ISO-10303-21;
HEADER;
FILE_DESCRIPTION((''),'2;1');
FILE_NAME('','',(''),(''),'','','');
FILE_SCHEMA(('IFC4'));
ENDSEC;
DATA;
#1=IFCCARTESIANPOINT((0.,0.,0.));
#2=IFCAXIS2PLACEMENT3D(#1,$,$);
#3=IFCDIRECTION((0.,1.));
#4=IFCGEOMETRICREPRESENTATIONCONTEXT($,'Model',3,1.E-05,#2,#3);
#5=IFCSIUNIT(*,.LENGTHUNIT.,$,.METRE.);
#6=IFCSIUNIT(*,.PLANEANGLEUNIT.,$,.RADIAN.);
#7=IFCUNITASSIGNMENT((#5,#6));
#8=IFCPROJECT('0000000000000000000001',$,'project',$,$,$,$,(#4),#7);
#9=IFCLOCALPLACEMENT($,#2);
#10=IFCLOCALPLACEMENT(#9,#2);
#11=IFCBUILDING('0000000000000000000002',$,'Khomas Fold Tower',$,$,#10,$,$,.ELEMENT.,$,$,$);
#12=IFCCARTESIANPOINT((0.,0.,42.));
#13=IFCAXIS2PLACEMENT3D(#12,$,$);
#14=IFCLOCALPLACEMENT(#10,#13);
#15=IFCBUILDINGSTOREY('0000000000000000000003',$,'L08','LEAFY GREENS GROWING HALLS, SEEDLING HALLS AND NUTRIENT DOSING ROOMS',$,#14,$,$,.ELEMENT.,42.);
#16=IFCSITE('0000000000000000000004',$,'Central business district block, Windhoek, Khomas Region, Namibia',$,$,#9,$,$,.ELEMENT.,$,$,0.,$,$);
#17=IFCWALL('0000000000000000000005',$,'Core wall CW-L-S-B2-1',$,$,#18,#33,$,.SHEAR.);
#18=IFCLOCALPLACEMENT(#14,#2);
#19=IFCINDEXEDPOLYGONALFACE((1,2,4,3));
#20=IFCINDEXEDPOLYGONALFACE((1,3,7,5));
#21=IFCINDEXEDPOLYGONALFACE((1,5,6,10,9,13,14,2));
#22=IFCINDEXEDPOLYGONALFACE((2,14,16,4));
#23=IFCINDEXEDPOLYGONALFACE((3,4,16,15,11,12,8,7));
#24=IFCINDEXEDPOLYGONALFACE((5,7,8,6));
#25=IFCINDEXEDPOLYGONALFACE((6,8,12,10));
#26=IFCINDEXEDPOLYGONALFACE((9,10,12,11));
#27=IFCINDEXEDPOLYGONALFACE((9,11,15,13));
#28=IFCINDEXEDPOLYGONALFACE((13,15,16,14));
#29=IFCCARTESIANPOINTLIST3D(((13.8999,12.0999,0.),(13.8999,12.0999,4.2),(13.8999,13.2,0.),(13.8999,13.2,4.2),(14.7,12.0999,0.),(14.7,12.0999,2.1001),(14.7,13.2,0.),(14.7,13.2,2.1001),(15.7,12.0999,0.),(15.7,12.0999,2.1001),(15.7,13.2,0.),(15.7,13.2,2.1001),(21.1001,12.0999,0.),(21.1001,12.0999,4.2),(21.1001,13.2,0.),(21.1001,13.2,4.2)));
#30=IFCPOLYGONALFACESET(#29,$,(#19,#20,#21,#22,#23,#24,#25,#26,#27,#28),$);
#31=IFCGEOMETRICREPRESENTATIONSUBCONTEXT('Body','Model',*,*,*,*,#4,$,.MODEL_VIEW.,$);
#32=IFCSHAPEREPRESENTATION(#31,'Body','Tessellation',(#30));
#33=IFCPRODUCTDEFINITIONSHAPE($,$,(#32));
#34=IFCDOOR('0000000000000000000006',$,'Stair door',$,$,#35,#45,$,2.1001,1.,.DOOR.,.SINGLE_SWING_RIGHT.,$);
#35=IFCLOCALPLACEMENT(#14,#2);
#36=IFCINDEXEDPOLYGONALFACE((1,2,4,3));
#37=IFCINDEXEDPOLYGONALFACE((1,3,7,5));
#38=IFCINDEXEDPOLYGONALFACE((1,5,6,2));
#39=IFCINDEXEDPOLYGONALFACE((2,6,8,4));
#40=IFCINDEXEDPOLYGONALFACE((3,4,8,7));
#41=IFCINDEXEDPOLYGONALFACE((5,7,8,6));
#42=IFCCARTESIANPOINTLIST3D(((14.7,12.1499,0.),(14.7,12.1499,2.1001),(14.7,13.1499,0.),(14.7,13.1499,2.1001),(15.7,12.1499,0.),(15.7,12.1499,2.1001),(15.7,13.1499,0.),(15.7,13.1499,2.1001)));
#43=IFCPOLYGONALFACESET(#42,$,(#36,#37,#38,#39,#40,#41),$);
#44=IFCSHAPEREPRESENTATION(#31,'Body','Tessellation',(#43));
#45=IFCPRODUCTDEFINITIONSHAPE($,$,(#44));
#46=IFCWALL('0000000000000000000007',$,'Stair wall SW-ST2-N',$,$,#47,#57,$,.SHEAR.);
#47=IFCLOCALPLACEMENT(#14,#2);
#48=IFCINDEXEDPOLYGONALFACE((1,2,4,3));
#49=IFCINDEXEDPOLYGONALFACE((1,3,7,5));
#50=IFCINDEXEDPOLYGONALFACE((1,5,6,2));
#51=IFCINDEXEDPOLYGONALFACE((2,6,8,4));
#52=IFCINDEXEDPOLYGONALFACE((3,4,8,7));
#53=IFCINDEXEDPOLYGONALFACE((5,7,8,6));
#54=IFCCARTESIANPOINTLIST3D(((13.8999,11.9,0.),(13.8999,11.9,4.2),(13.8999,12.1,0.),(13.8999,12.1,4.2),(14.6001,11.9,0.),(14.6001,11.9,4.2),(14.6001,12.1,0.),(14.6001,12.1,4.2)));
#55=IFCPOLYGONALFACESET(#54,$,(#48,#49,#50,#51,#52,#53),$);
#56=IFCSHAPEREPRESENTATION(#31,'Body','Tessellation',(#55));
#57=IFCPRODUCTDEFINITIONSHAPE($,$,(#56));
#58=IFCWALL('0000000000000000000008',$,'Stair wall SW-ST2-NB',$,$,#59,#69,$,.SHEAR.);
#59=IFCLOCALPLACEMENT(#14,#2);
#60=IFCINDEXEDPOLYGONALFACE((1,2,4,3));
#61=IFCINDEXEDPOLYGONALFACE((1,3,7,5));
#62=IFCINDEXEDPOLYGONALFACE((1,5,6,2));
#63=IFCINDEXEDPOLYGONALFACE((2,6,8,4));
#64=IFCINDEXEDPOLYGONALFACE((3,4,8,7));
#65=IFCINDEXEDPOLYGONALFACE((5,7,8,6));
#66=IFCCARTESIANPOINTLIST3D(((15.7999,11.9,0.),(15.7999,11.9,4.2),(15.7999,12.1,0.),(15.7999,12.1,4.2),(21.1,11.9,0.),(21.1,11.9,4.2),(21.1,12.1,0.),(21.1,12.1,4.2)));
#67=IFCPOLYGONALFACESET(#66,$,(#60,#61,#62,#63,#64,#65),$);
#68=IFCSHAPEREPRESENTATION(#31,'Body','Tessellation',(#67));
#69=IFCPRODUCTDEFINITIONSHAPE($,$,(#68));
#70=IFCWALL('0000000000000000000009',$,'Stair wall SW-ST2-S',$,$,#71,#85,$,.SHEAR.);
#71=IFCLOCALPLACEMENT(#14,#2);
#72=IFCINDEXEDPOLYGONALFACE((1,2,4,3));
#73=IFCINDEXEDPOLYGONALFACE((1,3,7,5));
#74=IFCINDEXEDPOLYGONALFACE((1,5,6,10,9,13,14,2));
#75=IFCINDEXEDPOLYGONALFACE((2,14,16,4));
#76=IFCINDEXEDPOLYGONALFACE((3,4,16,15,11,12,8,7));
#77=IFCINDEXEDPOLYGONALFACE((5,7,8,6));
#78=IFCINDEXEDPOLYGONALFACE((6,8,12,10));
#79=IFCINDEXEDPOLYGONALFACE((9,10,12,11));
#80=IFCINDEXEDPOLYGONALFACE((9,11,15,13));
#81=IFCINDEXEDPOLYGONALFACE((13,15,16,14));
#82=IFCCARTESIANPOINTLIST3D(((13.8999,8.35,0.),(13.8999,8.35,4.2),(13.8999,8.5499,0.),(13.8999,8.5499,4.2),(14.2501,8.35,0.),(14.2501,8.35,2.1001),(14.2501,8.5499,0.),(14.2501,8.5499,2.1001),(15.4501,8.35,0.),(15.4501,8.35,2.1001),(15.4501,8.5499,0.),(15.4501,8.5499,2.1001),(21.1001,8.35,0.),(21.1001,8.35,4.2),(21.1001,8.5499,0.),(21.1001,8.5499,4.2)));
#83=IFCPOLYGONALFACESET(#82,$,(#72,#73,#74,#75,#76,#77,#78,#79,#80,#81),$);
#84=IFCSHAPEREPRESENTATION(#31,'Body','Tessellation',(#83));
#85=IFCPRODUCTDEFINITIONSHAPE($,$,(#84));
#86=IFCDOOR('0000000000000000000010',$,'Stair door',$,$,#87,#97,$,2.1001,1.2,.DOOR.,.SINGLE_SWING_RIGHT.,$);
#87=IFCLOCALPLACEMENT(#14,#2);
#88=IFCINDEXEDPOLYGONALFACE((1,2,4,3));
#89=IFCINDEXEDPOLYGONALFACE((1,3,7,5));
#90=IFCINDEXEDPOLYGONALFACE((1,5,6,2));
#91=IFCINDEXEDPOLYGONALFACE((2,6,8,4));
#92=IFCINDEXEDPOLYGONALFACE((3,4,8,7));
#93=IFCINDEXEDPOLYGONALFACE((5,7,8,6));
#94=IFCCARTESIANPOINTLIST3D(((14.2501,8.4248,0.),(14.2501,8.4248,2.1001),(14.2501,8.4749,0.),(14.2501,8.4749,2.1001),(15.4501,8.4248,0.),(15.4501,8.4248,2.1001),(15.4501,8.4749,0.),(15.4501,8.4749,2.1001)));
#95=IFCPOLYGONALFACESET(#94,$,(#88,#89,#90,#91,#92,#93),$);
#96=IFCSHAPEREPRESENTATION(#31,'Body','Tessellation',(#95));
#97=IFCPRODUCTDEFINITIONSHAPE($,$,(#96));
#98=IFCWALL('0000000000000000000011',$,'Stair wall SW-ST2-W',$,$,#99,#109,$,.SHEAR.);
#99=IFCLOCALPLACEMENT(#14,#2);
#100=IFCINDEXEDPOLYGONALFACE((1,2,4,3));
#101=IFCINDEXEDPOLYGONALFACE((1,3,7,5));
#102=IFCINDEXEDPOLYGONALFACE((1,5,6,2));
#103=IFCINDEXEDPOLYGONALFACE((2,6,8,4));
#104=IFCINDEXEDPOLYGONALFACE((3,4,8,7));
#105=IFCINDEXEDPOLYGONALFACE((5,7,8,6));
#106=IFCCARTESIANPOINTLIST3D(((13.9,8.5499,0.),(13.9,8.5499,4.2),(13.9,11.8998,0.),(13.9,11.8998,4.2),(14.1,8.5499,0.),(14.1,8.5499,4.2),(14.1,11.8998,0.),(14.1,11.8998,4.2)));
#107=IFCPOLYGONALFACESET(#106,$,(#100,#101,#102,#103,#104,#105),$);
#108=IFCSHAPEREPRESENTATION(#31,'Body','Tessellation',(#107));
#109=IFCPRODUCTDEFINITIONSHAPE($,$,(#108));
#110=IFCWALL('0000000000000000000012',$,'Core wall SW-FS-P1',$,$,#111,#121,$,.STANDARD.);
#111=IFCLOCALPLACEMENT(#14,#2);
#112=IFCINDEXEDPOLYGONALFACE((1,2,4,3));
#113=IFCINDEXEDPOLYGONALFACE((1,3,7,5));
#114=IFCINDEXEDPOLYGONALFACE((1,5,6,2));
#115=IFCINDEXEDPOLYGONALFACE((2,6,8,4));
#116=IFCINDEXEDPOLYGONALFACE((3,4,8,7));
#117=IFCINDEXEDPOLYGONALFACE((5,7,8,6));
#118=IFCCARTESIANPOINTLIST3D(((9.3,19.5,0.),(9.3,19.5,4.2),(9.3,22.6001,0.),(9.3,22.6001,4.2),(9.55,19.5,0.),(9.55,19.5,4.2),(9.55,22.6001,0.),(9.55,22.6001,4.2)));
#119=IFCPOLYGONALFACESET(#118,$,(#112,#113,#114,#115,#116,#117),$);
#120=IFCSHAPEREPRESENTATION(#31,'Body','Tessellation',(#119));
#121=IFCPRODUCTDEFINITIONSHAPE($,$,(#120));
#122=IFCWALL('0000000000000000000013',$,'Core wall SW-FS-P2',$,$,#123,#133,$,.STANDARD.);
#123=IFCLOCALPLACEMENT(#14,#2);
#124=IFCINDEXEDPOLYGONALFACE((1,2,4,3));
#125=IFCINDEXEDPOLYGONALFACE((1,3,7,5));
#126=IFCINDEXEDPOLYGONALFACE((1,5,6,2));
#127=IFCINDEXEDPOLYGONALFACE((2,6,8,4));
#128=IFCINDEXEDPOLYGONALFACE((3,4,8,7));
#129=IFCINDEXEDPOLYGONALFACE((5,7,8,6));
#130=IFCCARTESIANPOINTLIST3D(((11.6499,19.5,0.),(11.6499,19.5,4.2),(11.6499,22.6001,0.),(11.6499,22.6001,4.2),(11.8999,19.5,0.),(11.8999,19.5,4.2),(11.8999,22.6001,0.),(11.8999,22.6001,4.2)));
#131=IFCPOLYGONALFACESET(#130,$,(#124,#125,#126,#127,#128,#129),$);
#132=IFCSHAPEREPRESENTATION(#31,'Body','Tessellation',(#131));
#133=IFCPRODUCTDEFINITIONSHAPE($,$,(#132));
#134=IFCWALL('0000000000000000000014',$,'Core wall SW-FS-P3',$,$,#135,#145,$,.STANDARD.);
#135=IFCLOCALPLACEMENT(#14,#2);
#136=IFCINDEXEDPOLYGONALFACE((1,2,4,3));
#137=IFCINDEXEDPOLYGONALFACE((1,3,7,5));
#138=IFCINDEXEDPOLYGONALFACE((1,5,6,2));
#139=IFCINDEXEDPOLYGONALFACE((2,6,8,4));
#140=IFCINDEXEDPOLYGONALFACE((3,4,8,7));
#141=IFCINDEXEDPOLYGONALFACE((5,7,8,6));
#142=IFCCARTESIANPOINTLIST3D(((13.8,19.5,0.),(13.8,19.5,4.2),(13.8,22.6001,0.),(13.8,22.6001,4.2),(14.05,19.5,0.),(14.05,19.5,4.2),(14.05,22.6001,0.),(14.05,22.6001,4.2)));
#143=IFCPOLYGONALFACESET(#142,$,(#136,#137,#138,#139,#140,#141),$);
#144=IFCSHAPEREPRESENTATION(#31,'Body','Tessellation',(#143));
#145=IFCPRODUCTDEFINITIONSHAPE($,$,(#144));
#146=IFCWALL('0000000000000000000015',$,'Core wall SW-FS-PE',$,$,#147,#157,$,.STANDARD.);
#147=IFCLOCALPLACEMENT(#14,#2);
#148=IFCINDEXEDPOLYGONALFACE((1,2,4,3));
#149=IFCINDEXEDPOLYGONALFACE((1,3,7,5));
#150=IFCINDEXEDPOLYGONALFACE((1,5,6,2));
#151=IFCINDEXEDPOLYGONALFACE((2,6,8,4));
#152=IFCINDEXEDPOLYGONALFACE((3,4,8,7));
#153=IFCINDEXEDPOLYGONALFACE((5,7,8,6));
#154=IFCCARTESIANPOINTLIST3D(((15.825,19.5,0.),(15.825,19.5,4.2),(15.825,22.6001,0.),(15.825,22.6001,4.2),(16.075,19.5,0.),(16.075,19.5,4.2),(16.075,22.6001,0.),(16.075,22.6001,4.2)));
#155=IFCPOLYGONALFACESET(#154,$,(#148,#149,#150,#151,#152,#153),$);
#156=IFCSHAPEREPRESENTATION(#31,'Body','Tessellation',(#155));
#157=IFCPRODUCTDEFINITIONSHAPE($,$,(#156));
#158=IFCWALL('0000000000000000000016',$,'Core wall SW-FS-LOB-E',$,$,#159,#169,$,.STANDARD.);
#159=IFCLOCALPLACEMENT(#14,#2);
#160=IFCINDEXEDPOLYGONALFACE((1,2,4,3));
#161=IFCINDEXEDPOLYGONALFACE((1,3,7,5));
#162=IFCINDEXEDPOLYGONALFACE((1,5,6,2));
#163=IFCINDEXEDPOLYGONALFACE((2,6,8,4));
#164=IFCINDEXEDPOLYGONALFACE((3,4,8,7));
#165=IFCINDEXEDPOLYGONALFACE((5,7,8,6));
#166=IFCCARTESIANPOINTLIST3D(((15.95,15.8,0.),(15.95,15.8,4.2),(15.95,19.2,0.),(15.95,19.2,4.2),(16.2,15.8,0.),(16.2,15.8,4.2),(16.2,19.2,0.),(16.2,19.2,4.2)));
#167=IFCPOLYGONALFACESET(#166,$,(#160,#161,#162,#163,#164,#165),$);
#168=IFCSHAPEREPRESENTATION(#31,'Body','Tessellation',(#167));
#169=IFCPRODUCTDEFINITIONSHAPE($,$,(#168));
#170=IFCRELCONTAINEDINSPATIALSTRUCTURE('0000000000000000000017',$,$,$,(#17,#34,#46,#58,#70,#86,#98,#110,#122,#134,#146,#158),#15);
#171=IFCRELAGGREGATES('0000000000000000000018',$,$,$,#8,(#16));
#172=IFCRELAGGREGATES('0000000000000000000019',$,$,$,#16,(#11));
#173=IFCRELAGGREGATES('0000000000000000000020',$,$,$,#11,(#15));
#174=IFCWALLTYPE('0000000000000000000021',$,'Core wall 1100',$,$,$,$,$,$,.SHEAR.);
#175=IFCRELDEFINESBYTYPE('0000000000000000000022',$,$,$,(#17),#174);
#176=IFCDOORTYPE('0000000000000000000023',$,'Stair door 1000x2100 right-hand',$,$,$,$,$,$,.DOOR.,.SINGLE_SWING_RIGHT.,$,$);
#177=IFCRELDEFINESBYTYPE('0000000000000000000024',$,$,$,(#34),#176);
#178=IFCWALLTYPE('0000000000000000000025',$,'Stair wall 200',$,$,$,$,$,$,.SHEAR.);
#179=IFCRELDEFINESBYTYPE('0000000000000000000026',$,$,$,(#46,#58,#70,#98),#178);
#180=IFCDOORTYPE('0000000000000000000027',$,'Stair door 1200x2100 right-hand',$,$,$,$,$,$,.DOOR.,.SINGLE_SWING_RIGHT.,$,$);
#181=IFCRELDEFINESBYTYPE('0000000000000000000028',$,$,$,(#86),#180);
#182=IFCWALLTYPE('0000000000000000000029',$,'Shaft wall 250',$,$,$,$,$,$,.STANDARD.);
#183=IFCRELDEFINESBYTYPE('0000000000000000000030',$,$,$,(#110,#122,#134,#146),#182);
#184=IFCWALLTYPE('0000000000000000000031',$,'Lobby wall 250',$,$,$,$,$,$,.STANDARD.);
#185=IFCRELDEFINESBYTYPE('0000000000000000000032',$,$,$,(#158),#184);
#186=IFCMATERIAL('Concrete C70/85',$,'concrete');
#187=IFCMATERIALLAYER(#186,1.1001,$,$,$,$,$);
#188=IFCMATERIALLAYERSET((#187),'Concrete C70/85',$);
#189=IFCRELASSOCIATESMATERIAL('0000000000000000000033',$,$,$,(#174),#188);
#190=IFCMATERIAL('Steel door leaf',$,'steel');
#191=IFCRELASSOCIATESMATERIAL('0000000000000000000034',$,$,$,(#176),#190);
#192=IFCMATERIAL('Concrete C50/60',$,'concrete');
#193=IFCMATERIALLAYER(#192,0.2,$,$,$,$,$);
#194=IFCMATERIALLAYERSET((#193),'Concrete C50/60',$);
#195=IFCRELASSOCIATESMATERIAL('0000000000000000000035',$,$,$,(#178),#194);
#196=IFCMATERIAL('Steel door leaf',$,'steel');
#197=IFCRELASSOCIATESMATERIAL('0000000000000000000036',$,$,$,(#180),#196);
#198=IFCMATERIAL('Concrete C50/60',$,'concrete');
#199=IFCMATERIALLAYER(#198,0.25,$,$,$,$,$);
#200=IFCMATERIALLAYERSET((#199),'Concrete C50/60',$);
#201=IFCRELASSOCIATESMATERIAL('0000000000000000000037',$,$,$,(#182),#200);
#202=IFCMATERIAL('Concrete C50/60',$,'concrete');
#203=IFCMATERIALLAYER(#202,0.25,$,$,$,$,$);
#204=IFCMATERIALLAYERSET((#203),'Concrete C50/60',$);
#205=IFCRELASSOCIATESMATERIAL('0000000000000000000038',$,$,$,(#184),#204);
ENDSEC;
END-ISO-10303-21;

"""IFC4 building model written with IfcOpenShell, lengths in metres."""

from ifc_helpers import new_model, si_unit, direction, frame, frame_2d, origin, place, context, subcontext, project, spatial, rectangle, extrude, source, transform, mapped, material, layer, layer_set, type_object, element, fill, save


model = new_model("IFC4")

# Units and contexts
model_context = context("Model", 3, precision=1e-05, world=origin(), true_north=direction((0.0, 1.0)))
body_context = subcontext(model_context, "Body", "Model", "MODEL_VIEW")
ifc_project = project(units=[si_unit("LENGTHUNIT", "METRE"), si_unit("PLANEANGLEUNIT", "RADIAN")], contexts=[model_context])

# Site, building, storey
site_placement = place(None, origin())
site = spatial("IfcSite", under=ifc_project, at=site_placement, Name="Central business district block, Windhoek, Khomas Region, Namibia", CompositionType="ELEMENT", RefElevation=0.0)
building_placement = place(site_placement, origin())
building = spatial("IfcBuilding", under=site, at=building_placement, Name="Khomas Fold Tower", CompositionType="ELEMENT")
storey_placement = place(building_placement, frame((0.0, 0.0, 42.0)))
storey = spatial("IfcBuildingStorey", under=building, at=storey_placement, Name="L08", Description="LEAFY GREENS GROWING HALLS, SEEDLING HALLS AND NUTRIENT DOSING ROOMS", CompositionType="ELEMENT", Elevation=42.0)

# Wall, opening, door
ifc_material_1 = material(Name="Concrete C70/85", Category="concrete")
ifc_layer_1 = layer(ifc_material_1, 1.1001)
ifc_layer_set_1 = layer_set([ifc_layer_1], Name="Concrete C70/85")
wall_type_1 = type_object("IfcWallType", Name="Core wall 1100", PredefinedType="SHEAR", material=ifc_layer_set_1)
shared_shape_1 = source(origin(), body_context, "Body", "SweptSolid", [
    extrude(rectangle(XDim=7.2002, YDim=1.1001, at=frame_2d((3.6001, 0.0))), origin(), (0.0, 0.0, 1.0), 4.2),
])
wall_1_placement = place(storey_placement, frame((13.8999, 12.6499, 0.0), z_axis=(0.0, 0.0, 1.0), x_axis=(1.0, 0.0, 0.0)))
wall_1 = element("IfcWall", 1, at=wall_1_placement, inside=storey, type_object=wall_type_1, Name="Core wall CW-L-S-B2-1", PredefinedType="SHEAR", context=body_context, shape_type="MappedRepresentation", body=[
    mapped(shared_shape_1, transform((0.0, 0.0, 0.0))),
])
shared_shape_2 = source(origin(), body_context, "Body", "SweptSolid", [
    extrude(rectangle(XDim=1.0, YDim=2.1001, at=frame_2d((0.5, 1.05))), frame((0.0, 0.5601, 0.0), z_axis=(0.0, -1.0, 0.0), x_axis=(1.0, 0.0, 0.0)), (0.0, 0.0, 1.0), 1.1201),
])
opening_1_placement = place(wall_1_placement, frame((0.8, 0.0, 0.0)))
opening_1 = element("IfcOpeningElement", 2, at=opening_1_placement, cuts=wall_1, PredefinedType="OPENING", context=body_context, shape_type="MappedRepresentation", body=[
    mapped(shared_shape_2, transform((0.0, 0.0, 0.0))),
])
ifc_material_2 = material(Name="Steel door leaf", Category="steel")
door_type_1 = type_object("IfcDoorType", Name="Stair door 1000x2100 right-hand", OperationType="SINGLE_SWING_RIGHT", PredefinedType="DOOR", material=ifc_material_2)
shared_shape_3 = source(origin(), body_context, "Body", "SweptSolid", [
    extrude(rectangle(XDim=1.0, YDim=2.1001, at=frame_2d((0.5, 1.05))), frame((0.0, 0.5, 0.0), z_axis=(0.0, -1.0, 0.0), x_axis=(1.0, 0.0, 0.0)), (0.0, 0.0, 1.0), 1.0),
])
door_1_placement = place(opening_1_placement, origin())
door_1 = element("IfcDoor", 3, at=door_1_placement, inside=storey, type_object=door_type_1, Name="Stair door", OperationType="SINGLE_SWING_RIGHT", OverallHeight=2.1001, OverallWidth=1.0, PredefinedType="DOOR", context=body_context, shape_type="MappedRepresentation", body=[
    mapped(shared_shape_3, transform((0.0, 0.0, 0.0))),
])
fill(opening_1, door_1)

# Walls
ifc_material_3 = material(Name="Concrete C50/60", Category="concrete")
ifc_layer_2 = layer(ifc_material_3, 0.2)
ifc_layer_set_2 = layer_set([ifc_layer_2], Name="Concrete C50/60")
wall_type_2 = type_object("IfcWallType", Name="Stair wall 200", PredefinedType="SHEAR", material=ifc_layer_set_2)
shared_shape_4 = source(origin(), body_context, "Body", "SweptSolid", [
    extrude(rectangle(XDim=0.7002, YDim=0.2, at=frame_2d((0.3501, 0.0))), origin(), (0.0, 0.0, 1.0), 4.2),
])
wall_2_placement = place(storey_placement, frame((13.8999, 12.0, 0.0), z_axis=(0.0, 0.0, 1.0), x_axis=(1.0, 0.0, 0.0)))
element("IfcWall", 4, at=wall_2_placement, inside=storey, type_object=wall_type_2, Name="Stair wall SW-ST2-N", PredefinedType="SHEAR", context=body_context, shape_type="MappedRepresentation", body=[
    mapped(shared_shape_4, transform((0.0, 0.0, 0.0))),
])
shared_shape_5 = source(origin(), body_context, "Body", "SweptSolid", [
    extrude(rectangle(XDim=5.3, YDim=0.2, at=frame_2d((2.6499, 0.0))), origin(), (0.0, 0.0, 1.0), 4.2),
])
wall_3_placement = place(storey_placement, frame((15.8, 12.0, 0.0), z_axis=(0.0, 0.0, 1.0), x_axis=(1.0, 0.0, 0.0)))
element("IfcWall", 5, at=wall_3_placement, inside=storey, type_object=wall_type_2, Name="Stair wall SW-ST2-NB", PredefinedType="SHEAR", context=body_context, shape_type="MappedRepresentation", body=[
    mapped(shared_shape_5, transform((0.0, 0.0, 0.0))),
])

# Wall, opening, door
shared_shape_6 = source(origin(), body_context, "Body", "SweptSolid", [
    extrude(rectangle(XDim=7.2002, YDim=0.2, at=frame_2d((3.6001, 0.0))), origin(), (0.0, 0.0, 1.0), 4.2),
])
wall_4_placement = place(storey_placement, frame((13.8999, 8.45, 0.0), z_axis=(0.0, 0.0, 1.0), x_axis=(1.0, 0.0, 0.0)))
wall_4 = element("IfcWall", 6, at=wall_4_placement, inside=storey, type_object=wall_type_2, Name="Stair wall SW-ST2-S", PredefinedType="SHEAR", context=body_context, shape_type="MappedRepresentation", body=[
    mapped(shared_shape_6, transform((0.0, 0.0, 0.0))),
])
shared_shape_7 = source(origin(), body_context, "Body", "SweptSolid", [
    extrude(rectangle(XDim=1.2, YDim=2.1001, at=frame_2d((0.6001, 1.05))), frame((0.0, 0.1099, 0.0), z_axis=(0.0, -1.0, 0.0), x_axis=(1.0, 0.0, 0.0)), (0.0, 0.0, 1.0), 0.22),
])
opening_2_placement = place(wall_4_placement, frame((0.3501, 0.0, 0.0)))
opening_2 = element("IfcOpeningElement", 7, at=opening_2_placement, cuts=wall_4, PredefinedType="OPENING", context=body_context, shape_type="MappedRepresentation", body=[
    mapped(shared_shape_7, transform((0.0, 0.0, 0.0))),
])
ifc_material_4 = material(Name="Steel door leaf", Category="steel")
door_type_2 = type_object("IfcDoorType", Name="Stair door 1200x2100 right-hand", OperationType="SINGLE_SWING_RIGHT", PredefinedType="DOOR", material=ifc_material_4)
shared_shape_8 = source(origin(), body_context, "Body", "SweptSolid", [
    extrude(rectangle(XDim=1.2, YDim=2.1001, at=frame_2d((0.6001, 1.05))), frame((0.0, 0.0249, 0.0), z_axis=(0.0, -1.0, 0.0), x_axis=(1.0, 0.0, 0.0)), (0.0, 0.0, 1.0), 0.05),
])
door_2_placement = place(opening_2_placement, origin())
door_2 = element("IfcDoor", 8, at=door_2_placement, inside=storey, type_object=door_type_2, Name="Stair door", OperationType="SINGLE_SWING_RIGHT", OverallHeight=2.1001, OverallWidth=1.2, PredefinedType="DOOR", context=body_context, shape_type="MappedRepresentation", body=[
    mapped(shared_shape_8, transform((0.0, 0.0, 0.0))),
])
fill(opening_2, door_2)

# Walls
shared_shape_9 = source(origin(), body_context, "Body", "SweptSolid", [
    extrude(rectangle(XDim=3.3499, YDim=0.2, at=frame_2d((1.6748, 0.0))), origin(), (0.0, 0.0, 1.0), 4.2),
])
wall_5_placement = place(storey_placement, frame((14.0, 8.55, 0.0), z_axis=(0.0, 0.0, 1.0), x_axis=(0.0, 1.0, 0.0)))
element("IfcWall", 9, at=wall_5_placement, inside=storey, type_object=wall_type_2, Name="Stair wall SW-ST2-W", PredefinedType="SHEAR", context=body_context, shape_type="MappedRepresentation", body=[
    mapped(shared_shape_9, transform((0.0, 0.0, 0.0))),
])
ifc_material_5 = material(Name="Concrete C50/60", Category="concrete")
ifc_layer_3 = layer(ifc_material_5, 0.25)
ifc_layer_set_3 = layer_set([ifc_layer_3], Name="Concrete C50/60")
wall_type_3 = type_object("IfcWallType", Name="Shaft wall 250", PredefinedType="STANDARD", material=ifc_layer_set_3)
shared_shape_10 = source(origin(), body_context, "Body", "SweptSolid", [
    extrude(rectangle(XDim=3.1001, YDim=0.25, at=frame_2d((1.55, 0.0))), origin(), (0.0, 0.0, 1.0), 4.2),
])
for number, where, z_axis, x_axis, name in (
    (10, (9.425, 19.5, 0.0), (0.0, 0.0, 1.0), (0.0, 1.0, 0.0), "Core wall SW-FS-P1"),
    (11, (11.7749, 19.5, 0.0), (0.0, 0.0, 1.0), (0.0, 1.0, 0.0), "Core wall SW-FS-P2"),
    (12, (13.925, 19.5, 0.0), (0.0, 0.0, 1.0), (0.0, 1.0, 0.0), "Core wall SW-FS-P3"),
    (13, (15.95, 19.5, 0.0), (0.0, 0.0, 1.0), (0.0, 1.0, 0.0), "Core wall SW-FS-PE"),
):
    element("IfcWall", number, at=place(storey_placement, frame(where, z_axis=z_axis, x_axis=x_axis)), inside=storey, type_object=wall_type_3, Name=name, PredefinedType="STANDARD", context=body_context, shape_type="MappedRepresentation", body=[
        mapped(shared_shape_10, transform((0.0, 0.0, 0.0))),
    ])
ifc_material_6 = material(Name="Concrete C50/60", Category="concrete")
ifc_layer_4 = layer(ifc_material_6, 0.25)
ifc_layer_set_4 = layer_set([ifc_layer_4], Name="Concrete C50/60")
wall_type_4 = type_object("IfcWallType", Name="Lobby wall 250", PredefinedType="STANDARD", material=ifc_layer_set_4)
shared_shape_11 = source(origin(), body_context, "Body", "SweptSolid", [
    extrude(rectangle(XDim=3.3999, YDim=0.25, at=frame_2d((1.7, 0.0))), origin(), (0.0, 0.0, 1.0), 4.2),
])
for number, where, z_axis, x_axis, name in (
    (14, (16.075, 15.8, 0.0), (0.0, 0.0, 1.0), (0.0, 1.0, 0.0), "Core wall SW-FS-LOB-E"),
):
    element("IfcWall", number, at=place(storey_placement, frame(where, z_axis=z_axis, x_axis=x_axis)), inside=storey, type_object=wall_type_4, Name=name, PredefinedType="STANDARD", context=body_context, shape_type="MappedRepresentation", body=[
        mapped(shared_shape_11, transform((0.0, 0.0, 0.0))),
    ])

save(model, "model.ifc")
